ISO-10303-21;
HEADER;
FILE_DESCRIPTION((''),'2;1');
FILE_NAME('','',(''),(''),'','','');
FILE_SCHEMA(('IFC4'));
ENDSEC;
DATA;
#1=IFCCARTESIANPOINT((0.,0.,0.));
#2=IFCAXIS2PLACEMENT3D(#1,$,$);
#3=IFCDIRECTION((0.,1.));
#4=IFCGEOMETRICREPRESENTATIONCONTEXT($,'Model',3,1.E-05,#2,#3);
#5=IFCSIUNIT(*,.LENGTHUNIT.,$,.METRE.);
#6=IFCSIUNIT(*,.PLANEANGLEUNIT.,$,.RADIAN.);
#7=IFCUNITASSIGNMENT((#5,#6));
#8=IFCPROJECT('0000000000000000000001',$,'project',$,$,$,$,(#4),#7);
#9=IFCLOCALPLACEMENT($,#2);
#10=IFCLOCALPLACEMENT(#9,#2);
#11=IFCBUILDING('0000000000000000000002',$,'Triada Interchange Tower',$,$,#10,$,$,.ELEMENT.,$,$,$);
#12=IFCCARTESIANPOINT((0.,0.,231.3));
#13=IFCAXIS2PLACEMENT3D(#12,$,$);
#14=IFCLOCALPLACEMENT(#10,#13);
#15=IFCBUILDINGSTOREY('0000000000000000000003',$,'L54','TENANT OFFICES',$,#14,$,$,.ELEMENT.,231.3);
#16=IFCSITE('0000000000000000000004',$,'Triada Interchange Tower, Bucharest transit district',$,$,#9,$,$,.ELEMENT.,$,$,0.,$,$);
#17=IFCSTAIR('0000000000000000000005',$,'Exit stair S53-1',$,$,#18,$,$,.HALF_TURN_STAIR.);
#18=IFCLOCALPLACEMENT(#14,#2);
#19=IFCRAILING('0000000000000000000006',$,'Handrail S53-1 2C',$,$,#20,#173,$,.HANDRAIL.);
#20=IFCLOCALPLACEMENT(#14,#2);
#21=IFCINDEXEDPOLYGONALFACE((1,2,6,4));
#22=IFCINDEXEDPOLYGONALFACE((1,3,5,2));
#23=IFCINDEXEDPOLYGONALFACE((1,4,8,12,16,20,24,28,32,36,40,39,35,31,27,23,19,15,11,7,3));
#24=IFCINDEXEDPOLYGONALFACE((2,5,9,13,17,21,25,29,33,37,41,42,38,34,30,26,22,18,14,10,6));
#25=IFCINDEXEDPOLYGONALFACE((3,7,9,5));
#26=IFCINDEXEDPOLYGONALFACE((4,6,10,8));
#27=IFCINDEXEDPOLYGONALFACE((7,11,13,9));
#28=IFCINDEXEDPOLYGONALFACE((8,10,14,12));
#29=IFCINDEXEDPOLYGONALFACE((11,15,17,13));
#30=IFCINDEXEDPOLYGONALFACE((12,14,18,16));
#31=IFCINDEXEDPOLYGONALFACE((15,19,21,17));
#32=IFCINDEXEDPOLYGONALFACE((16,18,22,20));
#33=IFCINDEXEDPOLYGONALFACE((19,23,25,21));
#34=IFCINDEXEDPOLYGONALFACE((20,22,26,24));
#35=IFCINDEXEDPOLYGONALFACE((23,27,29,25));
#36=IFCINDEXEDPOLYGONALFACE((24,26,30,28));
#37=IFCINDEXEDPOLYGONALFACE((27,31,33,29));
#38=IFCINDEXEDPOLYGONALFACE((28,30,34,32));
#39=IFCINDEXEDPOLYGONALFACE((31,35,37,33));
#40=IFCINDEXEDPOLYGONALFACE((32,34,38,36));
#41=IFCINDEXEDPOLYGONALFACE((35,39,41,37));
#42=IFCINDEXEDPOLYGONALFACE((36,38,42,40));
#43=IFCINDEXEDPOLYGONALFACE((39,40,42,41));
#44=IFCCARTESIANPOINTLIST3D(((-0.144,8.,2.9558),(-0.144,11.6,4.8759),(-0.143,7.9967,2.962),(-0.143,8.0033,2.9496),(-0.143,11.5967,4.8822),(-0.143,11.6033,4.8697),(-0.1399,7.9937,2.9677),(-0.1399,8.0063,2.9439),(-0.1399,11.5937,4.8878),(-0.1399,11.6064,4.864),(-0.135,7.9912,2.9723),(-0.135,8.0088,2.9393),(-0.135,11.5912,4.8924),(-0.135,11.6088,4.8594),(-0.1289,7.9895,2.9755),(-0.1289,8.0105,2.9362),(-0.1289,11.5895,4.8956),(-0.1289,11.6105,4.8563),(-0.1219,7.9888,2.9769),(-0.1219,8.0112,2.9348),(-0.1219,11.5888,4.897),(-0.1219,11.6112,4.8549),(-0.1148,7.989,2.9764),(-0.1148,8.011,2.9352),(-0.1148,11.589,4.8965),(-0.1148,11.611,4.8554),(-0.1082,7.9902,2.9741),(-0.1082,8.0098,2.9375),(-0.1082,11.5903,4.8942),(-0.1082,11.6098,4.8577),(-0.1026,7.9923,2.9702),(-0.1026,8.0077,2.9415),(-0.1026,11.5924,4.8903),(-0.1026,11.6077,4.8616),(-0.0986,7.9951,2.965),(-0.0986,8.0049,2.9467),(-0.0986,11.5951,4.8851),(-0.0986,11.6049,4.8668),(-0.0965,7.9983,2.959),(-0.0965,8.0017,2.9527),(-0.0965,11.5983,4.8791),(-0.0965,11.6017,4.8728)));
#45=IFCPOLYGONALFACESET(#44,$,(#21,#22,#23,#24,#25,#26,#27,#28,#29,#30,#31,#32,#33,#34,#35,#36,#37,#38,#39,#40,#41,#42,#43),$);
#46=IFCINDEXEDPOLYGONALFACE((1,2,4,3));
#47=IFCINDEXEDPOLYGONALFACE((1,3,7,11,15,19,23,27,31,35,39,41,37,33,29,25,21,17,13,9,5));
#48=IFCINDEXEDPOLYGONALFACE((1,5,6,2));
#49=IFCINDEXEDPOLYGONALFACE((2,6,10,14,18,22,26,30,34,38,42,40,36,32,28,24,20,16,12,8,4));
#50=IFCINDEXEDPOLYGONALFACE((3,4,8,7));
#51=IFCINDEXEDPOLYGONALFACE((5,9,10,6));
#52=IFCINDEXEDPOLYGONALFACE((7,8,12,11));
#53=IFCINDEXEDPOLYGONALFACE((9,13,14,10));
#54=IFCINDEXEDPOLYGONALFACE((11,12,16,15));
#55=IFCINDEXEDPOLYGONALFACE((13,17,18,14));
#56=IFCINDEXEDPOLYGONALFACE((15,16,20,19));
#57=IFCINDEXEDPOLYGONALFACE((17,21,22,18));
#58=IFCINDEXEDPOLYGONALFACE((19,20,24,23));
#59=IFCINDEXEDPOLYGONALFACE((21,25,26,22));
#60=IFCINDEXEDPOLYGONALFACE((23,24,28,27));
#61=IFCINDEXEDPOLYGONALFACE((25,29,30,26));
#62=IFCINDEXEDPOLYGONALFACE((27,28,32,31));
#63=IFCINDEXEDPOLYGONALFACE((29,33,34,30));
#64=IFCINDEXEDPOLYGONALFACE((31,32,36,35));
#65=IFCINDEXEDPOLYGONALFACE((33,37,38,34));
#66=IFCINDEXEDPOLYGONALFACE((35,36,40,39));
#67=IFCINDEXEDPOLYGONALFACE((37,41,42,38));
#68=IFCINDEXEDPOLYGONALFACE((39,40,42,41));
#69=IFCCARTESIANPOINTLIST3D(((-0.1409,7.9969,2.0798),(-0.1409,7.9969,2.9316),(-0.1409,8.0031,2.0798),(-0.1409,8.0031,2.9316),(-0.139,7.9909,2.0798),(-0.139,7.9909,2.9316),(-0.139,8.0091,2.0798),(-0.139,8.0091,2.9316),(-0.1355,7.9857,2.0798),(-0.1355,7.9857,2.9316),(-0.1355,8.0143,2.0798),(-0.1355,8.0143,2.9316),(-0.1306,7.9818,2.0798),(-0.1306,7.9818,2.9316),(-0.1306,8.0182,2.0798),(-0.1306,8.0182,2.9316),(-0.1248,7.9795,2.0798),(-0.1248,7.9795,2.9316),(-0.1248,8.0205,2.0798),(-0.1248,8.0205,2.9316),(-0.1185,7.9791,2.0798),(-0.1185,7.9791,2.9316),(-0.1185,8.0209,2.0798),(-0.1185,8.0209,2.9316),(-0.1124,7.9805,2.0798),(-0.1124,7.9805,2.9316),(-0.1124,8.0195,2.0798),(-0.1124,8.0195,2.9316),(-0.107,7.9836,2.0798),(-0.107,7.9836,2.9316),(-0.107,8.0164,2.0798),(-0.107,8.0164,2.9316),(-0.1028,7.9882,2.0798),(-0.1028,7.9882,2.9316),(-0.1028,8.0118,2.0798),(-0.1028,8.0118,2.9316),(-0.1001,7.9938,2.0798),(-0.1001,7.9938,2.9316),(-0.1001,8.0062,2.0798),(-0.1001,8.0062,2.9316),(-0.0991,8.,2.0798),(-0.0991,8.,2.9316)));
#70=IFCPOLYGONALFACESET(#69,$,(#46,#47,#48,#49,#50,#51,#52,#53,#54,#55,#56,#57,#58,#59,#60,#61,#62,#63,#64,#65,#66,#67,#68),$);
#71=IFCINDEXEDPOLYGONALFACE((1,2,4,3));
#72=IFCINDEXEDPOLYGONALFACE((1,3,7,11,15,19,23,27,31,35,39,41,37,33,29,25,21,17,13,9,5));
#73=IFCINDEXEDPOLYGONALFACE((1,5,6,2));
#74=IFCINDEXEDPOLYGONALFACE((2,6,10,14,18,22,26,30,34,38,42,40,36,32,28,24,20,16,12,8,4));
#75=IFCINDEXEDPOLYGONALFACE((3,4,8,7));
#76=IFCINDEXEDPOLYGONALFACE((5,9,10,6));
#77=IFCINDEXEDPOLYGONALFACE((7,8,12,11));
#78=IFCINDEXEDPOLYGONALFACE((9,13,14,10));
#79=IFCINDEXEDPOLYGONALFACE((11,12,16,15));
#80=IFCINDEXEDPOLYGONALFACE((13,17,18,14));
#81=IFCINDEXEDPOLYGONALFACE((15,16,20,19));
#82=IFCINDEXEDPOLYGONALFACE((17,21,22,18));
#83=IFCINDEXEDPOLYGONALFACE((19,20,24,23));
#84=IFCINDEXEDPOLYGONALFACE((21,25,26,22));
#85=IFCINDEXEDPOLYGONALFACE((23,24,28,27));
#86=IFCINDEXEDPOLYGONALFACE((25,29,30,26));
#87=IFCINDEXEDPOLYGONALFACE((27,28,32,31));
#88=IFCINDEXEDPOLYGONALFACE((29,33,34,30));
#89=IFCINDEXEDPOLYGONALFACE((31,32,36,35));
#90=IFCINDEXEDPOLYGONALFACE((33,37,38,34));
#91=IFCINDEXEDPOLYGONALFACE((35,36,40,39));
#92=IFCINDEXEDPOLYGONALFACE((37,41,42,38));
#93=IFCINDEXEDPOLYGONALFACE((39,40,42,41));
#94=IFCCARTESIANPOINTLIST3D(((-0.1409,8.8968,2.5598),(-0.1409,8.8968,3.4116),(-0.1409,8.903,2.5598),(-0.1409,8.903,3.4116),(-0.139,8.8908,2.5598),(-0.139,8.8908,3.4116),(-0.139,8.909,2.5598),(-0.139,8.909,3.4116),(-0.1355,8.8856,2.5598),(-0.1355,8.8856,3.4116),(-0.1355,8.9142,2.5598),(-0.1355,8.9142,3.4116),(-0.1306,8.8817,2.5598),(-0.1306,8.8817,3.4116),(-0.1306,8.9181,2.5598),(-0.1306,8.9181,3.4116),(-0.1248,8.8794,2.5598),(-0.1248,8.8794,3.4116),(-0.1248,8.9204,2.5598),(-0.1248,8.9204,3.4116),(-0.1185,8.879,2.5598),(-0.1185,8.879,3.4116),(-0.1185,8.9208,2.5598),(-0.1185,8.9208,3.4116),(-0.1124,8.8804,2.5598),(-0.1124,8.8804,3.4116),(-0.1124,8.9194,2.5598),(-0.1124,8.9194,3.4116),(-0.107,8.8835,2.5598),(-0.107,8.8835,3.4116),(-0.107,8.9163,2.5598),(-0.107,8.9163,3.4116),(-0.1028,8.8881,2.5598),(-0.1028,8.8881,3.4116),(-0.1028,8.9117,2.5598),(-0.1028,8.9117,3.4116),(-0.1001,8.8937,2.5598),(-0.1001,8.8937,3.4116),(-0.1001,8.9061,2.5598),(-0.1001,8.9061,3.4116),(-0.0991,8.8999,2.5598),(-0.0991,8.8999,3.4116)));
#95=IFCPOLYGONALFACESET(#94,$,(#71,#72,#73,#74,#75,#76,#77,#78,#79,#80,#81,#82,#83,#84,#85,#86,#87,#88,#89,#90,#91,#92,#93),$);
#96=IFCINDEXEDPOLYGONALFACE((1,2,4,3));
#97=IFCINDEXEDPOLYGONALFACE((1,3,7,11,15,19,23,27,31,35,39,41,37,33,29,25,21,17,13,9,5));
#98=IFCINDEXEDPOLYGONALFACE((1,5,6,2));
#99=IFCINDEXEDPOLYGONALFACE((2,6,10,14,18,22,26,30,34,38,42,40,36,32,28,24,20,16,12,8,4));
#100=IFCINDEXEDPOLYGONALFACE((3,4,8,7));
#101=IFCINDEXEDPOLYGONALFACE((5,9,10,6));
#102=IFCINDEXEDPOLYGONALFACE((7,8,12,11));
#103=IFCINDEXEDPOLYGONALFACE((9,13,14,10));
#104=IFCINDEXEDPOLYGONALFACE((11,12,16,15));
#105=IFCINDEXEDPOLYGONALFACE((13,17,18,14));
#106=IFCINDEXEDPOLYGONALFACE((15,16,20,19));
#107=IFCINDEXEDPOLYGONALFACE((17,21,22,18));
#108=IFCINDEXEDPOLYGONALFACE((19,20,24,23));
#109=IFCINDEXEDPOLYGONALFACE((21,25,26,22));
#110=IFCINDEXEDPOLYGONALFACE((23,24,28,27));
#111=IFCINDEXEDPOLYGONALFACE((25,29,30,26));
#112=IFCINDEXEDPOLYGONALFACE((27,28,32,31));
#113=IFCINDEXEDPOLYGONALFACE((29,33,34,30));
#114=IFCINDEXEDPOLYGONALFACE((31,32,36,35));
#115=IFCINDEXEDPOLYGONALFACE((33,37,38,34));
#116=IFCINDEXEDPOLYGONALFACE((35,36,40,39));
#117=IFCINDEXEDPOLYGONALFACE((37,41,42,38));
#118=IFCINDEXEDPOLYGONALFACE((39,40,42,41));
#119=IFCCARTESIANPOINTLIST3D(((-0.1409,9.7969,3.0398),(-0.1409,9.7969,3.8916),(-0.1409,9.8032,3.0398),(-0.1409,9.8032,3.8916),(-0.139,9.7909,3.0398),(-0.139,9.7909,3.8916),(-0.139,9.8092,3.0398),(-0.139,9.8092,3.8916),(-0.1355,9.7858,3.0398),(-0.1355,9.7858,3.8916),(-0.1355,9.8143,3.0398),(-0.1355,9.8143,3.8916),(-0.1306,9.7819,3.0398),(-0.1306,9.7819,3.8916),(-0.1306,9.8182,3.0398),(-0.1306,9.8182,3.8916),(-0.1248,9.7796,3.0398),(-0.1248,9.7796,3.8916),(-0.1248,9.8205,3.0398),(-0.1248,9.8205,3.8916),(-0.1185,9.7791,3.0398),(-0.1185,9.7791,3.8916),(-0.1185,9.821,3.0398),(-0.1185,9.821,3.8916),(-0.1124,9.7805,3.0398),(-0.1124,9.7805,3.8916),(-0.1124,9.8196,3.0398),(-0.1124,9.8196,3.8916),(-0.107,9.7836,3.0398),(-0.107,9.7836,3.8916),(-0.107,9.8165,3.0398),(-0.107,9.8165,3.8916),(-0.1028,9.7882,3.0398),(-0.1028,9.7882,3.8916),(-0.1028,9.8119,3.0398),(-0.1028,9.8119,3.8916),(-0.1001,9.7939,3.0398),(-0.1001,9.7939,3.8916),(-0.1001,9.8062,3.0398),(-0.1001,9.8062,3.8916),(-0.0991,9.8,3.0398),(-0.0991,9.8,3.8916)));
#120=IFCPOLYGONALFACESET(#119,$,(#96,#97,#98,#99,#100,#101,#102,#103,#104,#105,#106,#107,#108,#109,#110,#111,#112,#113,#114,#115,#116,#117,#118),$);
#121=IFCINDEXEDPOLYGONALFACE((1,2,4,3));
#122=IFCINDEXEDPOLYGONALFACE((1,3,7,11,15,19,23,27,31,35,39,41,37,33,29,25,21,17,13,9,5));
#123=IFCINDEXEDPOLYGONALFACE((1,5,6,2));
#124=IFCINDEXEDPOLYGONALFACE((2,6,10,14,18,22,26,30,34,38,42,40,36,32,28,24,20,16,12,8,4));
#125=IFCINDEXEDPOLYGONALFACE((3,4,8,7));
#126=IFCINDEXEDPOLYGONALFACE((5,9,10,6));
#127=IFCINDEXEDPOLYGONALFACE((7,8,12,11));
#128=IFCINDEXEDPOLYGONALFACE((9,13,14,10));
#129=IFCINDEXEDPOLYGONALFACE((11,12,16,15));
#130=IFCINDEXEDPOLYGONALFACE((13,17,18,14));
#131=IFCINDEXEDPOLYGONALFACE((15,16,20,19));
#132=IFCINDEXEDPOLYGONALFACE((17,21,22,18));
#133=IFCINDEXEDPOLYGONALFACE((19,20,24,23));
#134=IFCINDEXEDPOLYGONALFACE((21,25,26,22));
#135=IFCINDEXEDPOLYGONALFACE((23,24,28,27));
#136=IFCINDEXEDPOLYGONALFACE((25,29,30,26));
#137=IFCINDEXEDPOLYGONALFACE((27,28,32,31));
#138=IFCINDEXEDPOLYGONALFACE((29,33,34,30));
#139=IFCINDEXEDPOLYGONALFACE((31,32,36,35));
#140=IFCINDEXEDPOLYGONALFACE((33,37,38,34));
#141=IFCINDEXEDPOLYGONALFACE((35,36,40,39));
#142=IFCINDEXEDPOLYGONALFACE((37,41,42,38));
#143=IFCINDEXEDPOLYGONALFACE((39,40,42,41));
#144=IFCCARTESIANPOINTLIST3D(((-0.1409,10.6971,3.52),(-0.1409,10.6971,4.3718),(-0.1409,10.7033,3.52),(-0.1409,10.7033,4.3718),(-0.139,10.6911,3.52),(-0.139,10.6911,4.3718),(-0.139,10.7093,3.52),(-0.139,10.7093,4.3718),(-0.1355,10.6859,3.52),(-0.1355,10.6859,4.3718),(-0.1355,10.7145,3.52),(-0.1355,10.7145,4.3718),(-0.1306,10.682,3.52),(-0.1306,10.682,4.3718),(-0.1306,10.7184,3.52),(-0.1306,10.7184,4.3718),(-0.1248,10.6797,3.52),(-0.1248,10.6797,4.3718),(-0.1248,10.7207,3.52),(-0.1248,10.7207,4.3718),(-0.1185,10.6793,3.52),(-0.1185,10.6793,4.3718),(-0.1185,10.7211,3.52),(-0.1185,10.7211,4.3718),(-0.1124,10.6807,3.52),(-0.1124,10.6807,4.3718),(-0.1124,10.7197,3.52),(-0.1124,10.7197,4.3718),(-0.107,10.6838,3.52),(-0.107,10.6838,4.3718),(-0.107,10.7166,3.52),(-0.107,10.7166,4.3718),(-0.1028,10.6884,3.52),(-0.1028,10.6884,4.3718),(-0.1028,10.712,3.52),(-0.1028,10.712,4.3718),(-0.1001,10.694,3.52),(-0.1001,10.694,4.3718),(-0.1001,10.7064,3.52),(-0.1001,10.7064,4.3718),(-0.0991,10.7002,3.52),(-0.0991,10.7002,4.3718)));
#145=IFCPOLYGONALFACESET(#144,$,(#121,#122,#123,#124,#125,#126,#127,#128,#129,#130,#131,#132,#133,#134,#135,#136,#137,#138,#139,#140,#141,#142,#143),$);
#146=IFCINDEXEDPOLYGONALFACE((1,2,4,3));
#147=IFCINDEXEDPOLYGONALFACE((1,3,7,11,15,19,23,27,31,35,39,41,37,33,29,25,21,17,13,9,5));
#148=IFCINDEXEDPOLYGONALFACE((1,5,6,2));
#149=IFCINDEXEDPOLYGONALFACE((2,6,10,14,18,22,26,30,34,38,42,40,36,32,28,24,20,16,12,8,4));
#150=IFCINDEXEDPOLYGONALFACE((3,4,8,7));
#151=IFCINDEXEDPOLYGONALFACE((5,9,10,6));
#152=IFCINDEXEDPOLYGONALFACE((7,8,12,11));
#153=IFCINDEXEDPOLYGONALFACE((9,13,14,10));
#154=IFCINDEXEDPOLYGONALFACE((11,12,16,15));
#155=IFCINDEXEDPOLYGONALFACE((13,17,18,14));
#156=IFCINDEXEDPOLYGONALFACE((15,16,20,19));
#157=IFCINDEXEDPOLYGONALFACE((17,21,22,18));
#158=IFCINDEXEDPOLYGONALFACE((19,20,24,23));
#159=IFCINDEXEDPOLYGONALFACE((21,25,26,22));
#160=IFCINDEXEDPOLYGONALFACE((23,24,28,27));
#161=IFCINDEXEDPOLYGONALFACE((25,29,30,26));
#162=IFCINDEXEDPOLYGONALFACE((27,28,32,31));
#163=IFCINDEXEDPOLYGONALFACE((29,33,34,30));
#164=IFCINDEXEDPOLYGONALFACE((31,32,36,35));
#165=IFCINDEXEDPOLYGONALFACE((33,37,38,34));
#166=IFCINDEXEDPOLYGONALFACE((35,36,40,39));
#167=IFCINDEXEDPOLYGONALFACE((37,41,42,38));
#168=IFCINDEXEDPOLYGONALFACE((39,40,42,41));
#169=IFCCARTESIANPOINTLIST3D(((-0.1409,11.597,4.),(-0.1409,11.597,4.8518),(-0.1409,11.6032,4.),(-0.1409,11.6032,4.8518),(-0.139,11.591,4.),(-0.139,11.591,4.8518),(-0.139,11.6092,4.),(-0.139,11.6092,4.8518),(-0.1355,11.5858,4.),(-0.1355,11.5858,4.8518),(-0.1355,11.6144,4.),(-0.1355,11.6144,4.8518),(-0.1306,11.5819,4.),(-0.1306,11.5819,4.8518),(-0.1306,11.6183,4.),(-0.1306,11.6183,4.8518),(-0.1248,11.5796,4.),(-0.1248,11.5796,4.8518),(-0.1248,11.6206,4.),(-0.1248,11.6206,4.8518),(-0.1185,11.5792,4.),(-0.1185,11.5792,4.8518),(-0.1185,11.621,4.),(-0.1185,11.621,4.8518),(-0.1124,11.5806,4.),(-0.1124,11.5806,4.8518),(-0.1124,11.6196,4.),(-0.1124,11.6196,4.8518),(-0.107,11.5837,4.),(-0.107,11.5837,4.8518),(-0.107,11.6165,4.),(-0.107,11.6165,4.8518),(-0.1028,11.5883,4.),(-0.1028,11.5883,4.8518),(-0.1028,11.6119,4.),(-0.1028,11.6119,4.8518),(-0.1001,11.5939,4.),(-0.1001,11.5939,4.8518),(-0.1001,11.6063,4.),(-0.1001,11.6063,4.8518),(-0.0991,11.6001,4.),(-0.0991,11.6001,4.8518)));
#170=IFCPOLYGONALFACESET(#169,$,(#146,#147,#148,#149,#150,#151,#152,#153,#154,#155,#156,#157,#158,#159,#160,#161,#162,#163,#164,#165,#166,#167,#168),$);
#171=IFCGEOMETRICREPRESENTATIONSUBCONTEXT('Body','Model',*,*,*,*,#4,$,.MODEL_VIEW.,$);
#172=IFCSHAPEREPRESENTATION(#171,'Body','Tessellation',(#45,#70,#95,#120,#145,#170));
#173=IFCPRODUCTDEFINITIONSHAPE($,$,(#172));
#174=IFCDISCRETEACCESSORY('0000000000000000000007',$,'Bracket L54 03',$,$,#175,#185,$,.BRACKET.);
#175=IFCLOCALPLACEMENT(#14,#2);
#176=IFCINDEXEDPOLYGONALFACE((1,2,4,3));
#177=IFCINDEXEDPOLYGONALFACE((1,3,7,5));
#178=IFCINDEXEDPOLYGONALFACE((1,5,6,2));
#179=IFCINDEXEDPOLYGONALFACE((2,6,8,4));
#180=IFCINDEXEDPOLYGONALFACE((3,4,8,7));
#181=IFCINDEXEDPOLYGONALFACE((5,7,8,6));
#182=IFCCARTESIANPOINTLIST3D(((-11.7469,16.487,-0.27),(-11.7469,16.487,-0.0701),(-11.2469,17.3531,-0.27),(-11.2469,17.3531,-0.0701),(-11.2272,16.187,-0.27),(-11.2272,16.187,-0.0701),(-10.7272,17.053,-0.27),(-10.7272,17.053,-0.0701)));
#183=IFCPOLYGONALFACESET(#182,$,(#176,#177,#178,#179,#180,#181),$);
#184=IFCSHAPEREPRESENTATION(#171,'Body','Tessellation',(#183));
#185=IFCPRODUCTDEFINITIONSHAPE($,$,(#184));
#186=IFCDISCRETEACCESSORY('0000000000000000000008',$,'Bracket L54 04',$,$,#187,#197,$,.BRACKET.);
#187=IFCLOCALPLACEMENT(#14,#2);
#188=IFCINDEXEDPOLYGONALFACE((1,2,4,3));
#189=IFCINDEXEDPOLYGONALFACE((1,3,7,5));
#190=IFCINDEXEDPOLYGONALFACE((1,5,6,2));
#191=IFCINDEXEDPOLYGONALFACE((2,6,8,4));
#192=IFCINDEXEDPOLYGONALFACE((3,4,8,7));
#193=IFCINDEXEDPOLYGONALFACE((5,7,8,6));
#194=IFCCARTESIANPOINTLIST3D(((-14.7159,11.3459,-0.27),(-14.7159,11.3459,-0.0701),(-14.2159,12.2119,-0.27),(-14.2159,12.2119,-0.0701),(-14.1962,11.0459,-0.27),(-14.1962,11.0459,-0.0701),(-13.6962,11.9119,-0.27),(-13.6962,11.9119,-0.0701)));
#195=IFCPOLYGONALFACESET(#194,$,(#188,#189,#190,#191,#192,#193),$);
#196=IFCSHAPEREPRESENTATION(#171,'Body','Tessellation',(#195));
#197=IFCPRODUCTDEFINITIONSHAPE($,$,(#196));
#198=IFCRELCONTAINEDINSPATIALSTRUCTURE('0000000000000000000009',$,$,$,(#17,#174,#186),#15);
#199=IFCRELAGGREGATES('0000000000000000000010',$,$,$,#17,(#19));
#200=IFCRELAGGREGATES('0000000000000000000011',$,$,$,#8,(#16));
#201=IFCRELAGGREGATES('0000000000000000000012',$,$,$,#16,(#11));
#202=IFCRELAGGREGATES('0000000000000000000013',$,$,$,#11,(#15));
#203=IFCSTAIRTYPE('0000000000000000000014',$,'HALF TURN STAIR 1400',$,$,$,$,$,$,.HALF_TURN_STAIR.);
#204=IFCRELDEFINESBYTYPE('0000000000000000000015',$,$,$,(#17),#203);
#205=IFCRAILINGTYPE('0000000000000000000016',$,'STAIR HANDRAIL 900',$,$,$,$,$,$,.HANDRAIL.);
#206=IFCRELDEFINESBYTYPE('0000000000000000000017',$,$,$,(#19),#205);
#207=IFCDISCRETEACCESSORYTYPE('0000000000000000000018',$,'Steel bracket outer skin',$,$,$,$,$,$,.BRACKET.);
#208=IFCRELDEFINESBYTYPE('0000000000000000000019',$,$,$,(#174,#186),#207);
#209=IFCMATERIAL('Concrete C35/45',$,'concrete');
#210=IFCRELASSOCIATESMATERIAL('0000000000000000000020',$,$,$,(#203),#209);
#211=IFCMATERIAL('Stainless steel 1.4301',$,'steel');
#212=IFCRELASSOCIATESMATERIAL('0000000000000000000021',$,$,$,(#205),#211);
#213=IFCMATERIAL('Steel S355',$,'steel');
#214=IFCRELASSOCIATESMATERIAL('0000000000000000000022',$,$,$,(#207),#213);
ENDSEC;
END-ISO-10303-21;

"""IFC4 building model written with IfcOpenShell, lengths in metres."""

from ifc_helpers import new_model, si_unit, direction, frame, origin, origin_2d, place, context, subcontext, project, spatial, rectangle, circle, extrude, material, type_object, element, aggregate, save


model = new_model("IFC4")

# Units and contexts
model_context = context("Model", 3, precision=1e-05, world=origin(), true_north=direction((0.0, 1.0)))
body_context = subcontext(model_context, "Body", "Model", "MODEL_VIEW")
ifc_project = project(units=[si_unit("LENGTHUNIT", "METRE"), si_unit("PLANEANGLEUNIT", "RADIAN")], contexts=[model_context])

# Site, building, storey
site_placement = place(None, origin())
site = spatial("IfcSite", under=ifc_project, at=site_placement, Name="Triada Interchange Tower, Bucharest transit district", CompositionType="ELEMENT", RefElevation=0.0)
building_placement = place(site_placement, origin())
building = spatial("IfcBuilding", under=site, at=building_placement, Name="Triada Interchange Tower", CompositionType="ELEMENT")
storey_placement = place(building_placement, frame((0.0, 0.0, 231.3)))
storey = spatial("IfcBuildingStorey", under=building, at=storey_placement, Name="L54", Description="TENANT OFFICES", CompositionType="ELEMENT", Elevation=231.3)

# Stair
ifc_material_1 = material(Name="Concrete C35/45", Category="concrete")
stair_type = type_object("IfcStairType", Name="HALF TURN STAIR 1400", PredefinedType="HALF_TURN_STAIR", material=ifc_material_1)
stair_placement = place(storey_placement, origin())
stair = element("IfcStair", 1, at=stair_placement, inside=storey, type_object=stair_type, Name="Exit stair S53-1", PredefinedType="HALF_TURN_STAIR")

# Railing
ifc_material_2 = material(Name="Stainless steel 1.4301", Category="steel")
railing_type = type_object("IfcRailingType", Name="STAIR HANDRAIL 900", PredefinedType="HANDRAIL", material=ifc_material_2)
railing_1_placement = place(storey_placement, frame((-0.1201, 8.0, 2.0798)))
railing_1 = element("IfcRailing", 2, at=railing_1_placement, type_object=railing_type, Name="Handrail S53-1 2C", PredefinedType="HANDRAIL", context=body_context, shape_type="SweptSolid", body=[
    extrude(circle(Radius=0.0239, at=origin_2d()), frame((0.0, 0.0, 0.876), z_axis=(0.0, 0.882341, 0.47061), x_axis=(-1.0, 0.0, 0.0)), (0.0, 0.0, 1.0), 4.0801),
    extrude(circle(Radius=0.021, at=origin_2d()), origin(), (0.0, 0.0, 1.0), 0.8518),
    extrude(circle(Radius=0.021, at=origin_2d()), frame((0.0, 0.8999, 0.48)), (0.0, 0.0, 1.0), 0.8518),
    extrude(circle(Radius=0.021, at=origin_2d()), frame((0.0, 1.8, 0.96)), (0.0, 0.0, 1.0), 0.8518),
    extrude(circle(Radius=0.021, at=origin_2d()), frame((0.0, 2.7002, 1.4402)), (0.0, 0.0, 1.0), 0.8518),
    extrude(circle(Radius=0.021, at=origin_2d()), frame((0.0, 3.6001, 1.9202)), (0.0, 0.0, 1.0), 0.8518),
])
aggregate(stair, [railing_1])

# Discrete accessories
ifc_material_3 = material(Name="Steel S355", Category="steel")
discrete_accessory_type = type_object("IfcDiscreteAccessoryType", Name="Steel bracket outer skin", PredefinedType="BRACKET", material=ifc_material_3)
for number, where, z_axis, x_axis, name in (
    (3, (-11.2371, 16.77, -0.27), (0.0, 0.0, 1.0), (-0.866014, 0.500019, 0.0), "Bracket L54 03"),
    (4, (-14.2061, 11.6289, -0.27), (0.0, 0.0, 1.0), (-0.866014, 0.500019, 0.0), "Bracket L54 04"),
):
    element("IfcDiscreteAccessory", number, at=place(storey_placement, frame(where, z_axis=z_axis, x_axis=x_axis)), inside=storey, type_object=discrete_accessory_type, Name=name, PredefinedType="BRACKET", context=body_context, shape_type="SweptSolid", body=[
        extrude(rectangle(XDim=0.6001, YDim=1.0, at=origin_2d()), origin(), (0.0, 0.0, 1.0), 0.2),
    ])

save(model, "model.ifc")
